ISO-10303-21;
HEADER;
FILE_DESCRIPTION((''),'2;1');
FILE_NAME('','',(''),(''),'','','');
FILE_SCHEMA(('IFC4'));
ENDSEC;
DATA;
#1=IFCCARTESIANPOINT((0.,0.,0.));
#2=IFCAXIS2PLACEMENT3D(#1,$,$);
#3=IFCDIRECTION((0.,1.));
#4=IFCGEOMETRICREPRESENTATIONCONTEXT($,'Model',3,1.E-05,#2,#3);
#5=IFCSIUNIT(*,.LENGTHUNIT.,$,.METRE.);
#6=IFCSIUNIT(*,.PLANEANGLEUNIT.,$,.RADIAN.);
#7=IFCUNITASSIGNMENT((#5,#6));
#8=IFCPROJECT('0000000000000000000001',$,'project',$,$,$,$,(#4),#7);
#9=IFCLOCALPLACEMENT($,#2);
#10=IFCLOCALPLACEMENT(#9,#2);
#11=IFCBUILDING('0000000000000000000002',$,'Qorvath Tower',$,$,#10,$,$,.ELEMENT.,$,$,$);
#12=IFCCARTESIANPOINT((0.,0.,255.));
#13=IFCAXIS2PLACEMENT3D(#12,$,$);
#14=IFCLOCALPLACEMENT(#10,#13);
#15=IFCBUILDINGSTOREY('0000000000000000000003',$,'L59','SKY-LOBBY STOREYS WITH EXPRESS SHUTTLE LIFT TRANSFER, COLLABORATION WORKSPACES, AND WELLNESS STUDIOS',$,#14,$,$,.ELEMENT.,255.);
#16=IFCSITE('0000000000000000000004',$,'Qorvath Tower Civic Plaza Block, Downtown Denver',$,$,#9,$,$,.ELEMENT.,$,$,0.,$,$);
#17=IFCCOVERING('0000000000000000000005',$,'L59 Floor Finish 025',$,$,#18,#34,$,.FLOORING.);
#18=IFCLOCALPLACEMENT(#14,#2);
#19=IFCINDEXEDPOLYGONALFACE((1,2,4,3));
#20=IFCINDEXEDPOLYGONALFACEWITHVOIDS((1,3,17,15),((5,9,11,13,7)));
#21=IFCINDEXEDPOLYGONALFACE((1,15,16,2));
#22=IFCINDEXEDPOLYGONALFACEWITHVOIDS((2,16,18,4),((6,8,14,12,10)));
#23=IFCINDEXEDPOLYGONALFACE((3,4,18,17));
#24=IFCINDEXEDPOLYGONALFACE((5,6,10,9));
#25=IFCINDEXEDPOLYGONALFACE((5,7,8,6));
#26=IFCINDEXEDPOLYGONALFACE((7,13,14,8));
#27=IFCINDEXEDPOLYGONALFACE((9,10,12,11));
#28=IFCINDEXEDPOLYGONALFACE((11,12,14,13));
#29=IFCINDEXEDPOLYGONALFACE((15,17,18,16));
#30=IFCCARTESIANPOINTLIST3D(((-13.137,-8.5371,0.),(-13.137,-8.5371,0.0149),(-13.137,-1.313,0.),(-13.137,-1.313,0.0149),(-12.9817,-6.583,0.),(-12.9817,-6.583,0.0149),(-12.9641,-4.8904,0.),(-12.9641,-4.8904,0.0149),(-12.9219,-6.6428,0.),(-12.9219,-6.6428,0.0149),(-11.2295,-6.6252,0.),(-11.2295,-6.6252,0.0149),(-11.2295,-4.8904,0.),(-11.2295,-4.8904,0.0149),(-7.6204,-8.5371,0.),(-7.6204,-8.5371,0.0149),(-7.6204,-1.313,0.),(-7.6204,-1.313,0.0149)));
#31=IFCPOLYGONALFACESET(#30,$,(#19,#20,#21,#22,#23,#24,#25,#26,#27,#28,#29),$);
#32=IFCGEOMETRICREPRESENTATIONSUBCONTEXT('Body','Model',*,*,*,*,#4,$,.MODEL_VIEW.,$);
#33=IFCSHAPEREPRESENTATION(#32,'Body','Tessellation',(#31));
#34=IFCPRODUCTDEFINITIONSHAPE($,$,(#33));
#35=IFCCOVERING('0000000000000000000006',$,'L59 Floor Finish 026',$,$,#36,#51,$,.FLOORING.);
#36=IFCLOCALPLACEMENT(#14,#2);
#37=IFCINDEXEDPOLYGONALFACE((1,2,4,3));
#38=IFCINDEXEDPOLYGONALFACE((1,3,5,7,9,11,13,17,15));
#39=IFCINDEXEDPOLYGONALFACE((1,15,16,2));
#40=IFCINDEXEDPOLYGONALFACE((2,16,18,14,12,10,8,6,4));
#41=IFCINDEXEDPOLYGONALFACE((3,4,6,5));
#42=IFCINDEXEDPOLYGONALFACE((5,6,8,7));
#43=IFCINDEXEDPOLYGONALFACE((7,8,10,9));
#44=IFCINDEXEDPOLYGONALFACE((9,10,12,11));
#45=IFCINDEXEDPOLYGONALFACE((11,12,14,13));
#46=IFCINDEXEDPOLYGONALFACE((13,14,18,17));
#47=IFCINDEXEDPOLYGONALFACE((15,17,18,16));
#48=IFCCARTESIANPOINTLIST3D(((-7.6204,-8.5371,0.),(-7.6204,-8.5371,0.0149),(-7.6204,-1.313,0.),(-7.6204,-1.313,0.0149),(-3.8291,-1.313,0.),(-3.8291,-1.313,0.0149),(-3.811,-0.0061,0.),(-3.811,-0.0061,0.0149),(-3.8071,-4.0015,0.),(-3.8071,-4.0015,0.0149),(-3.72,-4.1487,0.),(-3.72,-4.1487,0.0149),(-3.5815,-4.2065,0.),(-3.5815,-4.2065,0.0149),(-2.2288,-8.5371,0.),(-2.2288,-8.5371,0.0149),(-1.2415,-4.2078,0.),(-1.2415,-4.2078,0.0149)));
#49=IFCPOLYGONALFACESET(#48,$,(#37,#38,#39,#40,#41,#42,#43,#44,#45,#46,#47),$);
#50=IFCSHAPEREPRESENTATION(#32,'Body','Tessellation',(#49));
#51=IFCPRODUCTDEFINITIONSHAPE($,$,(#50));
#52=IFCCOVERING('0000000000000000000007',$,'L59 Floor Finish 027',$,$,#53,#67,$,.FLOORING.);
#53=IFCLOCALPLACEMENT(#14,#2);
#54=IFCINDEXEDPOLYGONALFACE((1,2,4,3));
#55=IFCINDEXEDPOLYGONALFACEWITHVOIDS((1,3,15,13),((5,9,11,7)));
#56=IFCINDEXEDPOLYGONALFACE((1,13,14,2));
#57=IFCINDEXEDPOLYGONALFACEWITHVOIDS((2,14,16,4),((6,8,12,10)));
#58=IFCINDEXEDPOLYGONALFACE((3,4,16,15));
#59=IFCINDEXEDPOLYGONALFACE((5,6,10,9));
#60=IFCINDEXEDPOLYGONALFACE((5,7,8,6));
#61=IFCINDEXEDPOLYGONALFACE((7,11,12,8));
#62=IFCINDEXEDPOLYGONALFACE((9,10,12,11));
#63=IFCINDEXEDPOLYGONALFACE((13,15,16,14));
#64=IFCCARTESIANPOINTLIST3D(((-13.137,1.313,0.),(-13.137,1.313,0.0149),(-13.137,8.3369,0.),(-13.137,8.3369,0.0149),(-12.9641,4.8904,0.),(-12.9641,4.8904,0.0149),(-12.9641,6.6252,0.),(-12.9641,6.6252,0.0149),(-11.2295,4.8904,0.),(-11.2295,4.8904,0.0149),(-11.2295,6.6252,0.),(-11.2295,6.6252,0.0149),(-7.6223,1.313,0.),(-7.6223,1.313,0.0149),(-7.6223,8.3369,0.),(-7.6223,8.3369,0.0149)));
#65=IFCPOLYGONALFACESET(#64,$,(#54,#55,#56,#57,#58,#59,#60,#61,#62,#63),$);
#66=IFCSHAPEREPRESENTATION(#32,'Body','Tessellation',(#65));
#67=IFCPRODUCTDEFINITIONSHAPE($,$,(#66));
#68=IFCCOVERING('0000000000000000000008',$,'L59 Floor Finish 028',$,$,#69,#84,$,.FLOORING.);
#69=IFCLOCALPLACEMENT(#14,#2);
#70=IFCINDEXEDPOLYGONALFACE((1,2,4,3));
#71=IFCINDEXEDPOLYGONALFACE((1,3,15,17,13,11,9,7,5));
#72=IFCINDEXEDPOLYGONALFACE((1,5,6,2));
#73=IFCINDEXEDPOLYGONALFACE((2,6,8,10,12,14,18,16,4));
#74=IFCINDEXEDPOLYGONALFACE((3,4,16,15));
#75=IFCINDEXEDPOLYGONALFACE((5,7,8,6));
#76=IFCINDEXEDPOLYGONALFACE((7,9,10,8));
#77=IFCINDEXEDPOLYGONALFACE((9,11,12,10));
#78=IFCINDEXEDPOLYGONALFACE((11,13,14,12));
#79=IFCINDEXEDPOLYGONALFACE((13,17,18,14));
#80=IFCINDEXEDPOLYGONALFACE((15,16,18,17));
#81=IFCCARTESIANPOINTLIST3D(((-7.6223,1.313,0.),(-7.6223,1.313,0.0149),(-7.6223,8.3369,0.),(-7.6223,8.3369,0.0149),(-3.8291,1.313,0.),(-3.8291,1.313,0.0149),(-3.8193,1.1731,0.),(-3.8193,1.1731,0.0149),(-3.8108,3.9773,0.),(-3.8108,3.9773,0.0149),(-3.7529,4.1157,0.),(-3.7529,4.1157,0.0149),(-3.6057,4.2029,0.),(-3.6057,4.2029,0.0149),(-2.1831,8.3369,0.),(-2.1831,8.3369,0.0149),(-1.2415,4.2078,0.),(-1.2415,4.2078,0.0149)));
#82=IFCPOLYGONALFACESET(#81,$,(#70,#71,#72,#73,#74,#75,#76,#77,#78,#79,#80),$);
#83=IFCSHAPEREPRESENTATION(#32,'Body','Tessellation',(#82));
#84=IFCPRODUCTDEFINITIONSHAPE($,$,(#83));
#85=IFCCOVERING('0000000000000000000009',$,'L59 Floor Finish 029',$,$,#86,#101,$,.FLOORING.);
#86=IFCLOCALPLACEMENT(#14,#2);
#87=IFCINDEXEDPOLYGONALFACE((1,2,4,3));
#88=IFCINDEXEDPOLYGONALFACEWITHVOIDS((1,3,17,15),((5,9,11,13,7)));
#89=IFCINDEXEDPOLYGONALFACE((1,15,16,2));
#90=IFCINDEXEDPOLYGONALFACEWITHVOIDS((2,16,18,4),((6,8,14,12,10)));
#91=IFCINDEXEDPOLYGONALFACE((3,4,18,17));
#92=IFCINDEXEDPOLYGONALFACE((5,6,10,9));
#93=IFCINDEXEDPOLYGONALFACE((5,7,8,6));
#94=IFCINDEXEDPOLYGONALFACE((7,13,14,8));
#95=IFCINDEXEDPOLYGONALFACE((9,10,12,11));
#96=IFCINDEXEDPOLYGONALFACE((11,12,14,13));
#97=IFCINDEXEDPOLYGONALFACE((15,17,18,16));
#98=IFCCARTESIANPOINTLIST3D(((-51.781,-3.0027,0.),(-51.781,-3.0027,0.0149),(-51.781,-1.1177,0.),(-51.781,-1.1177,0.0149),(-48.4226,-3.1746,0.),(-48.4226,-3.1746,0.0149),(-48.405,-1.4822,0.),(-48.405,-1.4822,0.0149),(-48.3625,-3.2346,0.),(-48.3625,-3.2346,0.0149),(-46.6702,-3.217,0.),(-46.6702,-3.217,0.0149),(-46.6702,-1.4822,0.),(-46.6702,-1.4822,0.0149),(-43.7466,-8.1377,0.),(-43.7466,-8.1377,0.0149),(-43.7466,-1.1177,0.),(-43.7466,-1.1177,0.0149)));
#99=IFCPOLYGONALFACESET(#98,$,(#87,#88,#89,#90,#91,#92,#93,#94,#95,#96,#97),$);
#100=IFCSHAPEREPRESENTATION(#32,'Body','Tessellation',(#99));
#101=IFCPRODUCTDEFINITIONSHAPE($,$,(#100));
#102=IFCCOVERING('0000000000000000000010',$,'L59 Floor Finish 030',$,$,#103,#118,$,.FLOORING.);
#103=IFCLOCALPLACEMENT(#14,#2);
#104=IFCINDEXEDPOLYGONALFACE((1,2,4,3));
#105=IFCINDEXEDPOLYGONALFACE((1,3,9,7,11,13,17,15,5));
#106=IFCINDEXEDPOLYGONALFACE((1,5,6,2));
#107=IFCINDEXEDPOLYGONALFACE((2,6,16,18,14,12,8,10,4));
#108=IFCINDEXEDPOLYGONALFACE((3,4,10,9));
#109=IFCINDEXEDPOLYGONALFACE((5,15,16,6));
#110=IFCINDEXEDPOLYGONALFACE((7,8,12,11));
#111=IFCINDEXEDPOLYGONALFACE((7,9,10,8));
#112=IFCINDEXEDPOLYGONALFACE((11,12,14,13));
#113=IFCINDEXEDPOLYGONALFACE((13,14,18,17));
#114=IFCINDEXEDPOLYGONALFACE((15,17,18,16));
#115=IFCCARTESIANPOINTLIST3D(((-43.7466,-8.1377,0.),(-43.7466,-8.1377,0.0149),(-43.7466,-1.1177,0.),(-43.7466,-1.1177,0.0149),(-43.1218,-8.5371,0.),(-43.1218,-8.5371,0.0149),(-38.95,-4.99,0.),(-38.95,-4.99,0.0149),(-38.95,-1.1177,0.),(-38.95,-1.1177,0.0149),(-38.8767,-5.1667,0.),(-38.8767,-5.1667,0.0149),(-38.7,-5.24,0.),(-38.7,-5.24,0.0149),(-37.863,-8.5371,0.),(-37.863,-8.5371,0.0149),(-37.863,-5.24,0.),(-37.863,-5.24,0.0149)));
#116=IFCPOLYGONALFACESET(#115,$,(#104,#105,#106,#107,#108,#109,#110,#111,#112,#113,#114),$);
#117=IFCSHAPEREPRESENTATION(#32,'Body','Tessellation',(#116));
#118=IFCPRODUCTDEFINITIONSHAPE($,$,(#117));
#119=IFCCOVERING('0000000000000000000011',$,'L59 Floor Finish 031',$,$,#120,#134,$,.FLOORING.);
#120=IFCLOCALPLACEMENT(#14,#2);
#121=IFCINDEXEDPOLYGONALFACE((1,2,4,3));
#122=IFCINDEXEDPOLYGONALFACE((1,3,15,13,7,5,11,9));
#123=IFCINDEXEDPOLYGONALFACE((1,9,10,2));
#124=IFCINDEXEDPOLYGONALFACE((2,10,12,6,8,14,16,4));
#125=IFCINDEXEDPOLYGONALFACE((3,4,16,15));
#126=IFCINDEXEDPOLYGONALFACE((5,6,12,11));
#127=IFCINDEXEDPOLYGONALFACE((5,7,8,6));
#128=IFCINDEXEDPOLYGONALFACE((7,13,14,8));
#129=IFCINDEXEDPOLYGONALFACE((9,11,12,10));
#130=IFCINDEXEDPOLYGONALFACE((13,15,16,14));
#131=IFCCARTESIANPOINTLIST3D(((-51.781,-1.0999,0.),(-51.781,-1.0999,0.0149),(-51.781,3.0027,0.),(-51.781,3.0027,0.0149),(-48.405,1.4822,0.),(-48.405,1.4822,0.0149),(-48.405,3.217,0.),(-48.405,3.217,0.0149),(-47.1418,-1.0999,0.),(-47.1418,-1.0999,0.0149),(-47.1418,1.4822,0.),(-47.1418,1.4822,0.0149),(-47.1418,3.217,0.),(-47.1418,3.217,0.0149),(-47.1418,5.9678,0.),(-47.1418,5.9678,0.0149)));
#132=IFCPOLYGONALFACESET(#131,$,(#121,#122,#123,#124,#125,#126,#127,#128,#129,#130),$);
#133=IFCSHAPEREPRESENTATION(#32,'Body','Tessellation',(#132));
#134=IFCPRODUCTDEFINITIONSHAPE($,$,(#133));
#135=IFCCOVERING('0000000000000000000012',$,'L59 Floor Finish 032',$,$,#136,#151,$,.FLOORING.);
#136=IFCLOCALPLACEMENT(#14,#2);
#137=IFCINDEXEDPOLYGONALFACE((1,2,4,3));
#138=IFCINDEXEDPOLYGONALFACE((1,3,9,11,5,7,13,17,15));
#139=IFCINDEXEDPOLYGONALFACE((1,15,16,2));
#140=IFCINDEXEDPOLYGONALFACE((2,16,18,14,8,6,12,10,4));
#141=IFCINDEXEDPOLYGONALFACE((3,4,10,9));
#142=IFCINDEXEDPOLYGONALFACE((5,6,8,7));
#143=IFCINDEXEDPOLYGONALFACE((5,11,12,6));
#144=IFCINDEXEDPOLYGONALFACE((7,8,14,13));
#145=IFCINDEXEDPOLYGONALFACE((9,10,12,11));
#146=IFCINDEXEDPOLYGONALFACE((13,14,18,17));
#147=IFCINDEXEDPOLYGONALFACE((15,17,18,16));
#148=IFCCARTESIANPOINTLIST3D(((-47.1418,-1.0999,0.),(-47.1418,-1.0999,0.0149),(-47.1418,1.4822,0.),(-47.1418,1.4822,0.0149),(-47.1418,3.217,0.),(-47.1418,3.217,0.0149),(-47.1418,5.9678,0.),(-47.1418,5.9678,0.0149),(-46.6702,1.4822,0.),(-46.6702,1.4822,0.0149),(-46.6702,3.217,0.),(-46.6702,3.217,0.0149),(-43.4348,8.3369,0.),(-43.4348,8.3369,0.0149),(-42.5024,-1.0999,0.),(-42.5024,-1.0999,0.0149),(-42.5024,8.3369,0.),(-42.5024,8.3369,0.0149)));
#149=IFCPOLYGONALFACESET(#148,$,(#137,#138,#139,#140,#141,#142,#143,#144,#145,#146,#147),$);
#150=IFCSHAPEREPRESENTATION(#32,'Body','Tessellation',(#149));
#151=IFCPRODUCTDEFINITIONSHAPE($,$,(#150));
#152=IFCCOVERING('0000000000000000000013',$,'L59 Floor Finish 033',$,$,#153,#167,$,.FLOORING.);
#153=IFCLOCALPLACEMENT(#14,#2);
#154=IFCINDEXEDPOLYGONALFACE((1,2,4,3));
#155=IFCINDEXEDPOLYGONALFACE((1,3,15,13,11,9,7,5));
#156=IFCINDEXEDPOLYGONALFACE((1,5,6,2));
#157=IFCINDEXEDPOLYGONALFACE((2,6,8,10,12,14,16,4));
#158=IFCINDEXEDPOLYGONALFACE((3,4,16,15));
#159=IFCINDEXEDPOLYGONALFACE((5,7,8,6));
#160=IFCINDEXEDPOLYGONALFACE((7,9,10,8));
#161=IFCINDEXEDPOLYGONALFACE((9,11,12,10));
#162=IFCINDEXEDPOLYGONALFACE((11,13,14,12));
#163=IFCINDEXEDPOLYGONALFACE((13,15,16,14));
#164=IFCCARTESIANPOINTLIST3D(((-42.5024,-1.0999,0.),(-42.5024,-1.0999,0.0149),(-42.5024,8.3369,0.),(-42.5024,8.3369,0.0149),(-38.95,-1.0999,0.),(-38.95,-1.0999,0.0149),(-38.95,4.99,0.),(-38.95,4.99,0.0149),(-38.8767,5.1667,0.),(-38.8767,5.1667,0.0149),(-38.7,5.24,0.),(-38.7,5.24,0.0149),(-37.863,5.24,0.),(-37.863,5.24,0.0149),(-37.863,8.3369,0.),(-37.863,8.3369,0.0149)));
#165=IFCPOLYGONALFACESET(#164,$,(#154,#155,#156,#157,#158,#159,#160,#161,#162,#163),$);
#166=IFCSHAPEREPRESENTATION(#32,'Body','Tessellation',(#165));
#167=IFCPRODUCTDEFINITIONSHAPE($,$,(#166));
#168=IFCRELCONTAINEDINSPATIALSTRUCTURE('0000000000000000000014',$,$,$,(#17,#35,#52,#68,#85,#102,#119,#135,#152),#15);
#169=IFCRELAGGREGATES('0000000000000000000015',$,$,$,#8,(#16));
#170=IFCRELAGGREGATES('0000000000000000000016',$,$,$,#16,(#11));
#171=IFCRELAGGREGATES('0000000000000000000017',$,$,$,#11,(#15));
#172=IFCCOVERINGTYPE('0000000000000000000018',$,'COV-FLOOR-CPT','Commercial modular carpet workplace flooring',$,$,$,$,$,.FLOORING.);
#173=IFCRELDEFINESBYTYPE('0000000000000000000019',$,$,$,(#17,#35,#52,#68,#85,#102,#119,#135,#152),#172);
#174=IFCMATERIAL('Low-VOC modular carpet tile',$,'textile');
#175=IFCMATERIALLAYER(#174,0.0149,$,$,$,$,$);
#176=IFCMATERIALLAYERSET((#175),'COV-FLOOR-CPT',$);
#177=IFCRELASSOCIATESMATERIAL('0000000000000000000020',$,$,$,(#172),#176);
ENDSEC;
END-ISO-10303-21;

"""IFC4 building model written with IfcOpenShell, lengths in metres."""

from ifc_helpers import new_model, si_unit, direction, frame, origin, place, context, subcontext, project, spatial, polyline, outline, extrude, material, layer, layer_set, type_object, element, save


model = new_model("IFC4")

# Units and contexts
model_context = context("Model", 3, precision=1e-05, world=origin(), true_north=direction((0.0, 1.0)))
body_context = subcontext(model_context, "Body", "Model", "MODEL_VIEW")
ifc_project = project(units=[si_unit("LENGTHUNIT", "METRE"), si_unit("PLANEANGLEUNIT", "RADIAN")], contexts=[model_context])

# Site, building, storey
site_placement = place(None, origin())
site = spatial("IfcSite", under=ifc_project, at=site_placement, Name="Qorvath Tower Civic Plaza Block, Downtown Denver", CompositionType="ELEMENT", RefElevation=0.0)
building_placement = place(site_placement, origin())
building = spatial("IfcBuilding", under=site, at=building_placement, Name="Qorvath Tower", CompositionType="ELEMENT")
storey_placement = place(building_placement, frame((0.0, 0.0, 255.0)))
storey = spatial("IfcBuildingStorey", under=building, at=storey_placement, Name="L59", Description="SKY-LOBBY STOREYS WITH EXPRESS SHUTTLE LIFT TRANSFER, COLLABORATION WORKSPACES, AND WELLNESS STUDIOS", CompositionType="ELEMENT", Elevation=255.0)

# Coverings
ifc_material_1 = material(Name="Low-VOC modular carpet tile", Category="textile")
ifc_layer_1 = layer(ifc_material_1, 0.0149)
ifc_layer_set_1 = layer_set([ifc_layer_1], Name="COV-FLOOR-CPT")
covering_type_1 = type_object("IfcCoveringType", Name="COV-FLOOR-CPT", Description="Commercial modular carpet workplace flooring", PredefinedType="FLOORING", material=ifc_layer_set_1)
covering_1_placement = place(storey_placement, origin())
element("IfcCovering", 1, at=covering_1_placement, inside=storey, type_object=covering_type_1, Name="L59 Floor Finish 025", PredefinedType="FLOORING", context=body_context, shape_type="SweptSolid", body=[
    extrude(outline(polyline([(-7.6204, -8.5371), (-7.6204, -1.313), (-13.137, -1.313), (-13.137, -8.5371), (-7.6204, -8.5371)]), holes=[polyline([(-12.9817, -6.583), (-12.9641, -4.8904), (-11.2295, -4.8904), (-11.2295, -6.6252), (-12.9219, -6.6428), (-12.9817, -6.583)])]), origin(), (0.0, 0.0, 1.0), 0.0149),
])
covering_2_placement = place(storey_placement, origin())
element("IfcCovering", 2, at=covering_2_placement, inside=storey, type_object=covering_type_1, Name="L59 Floor Finish 026", PredefinedType="FLOORING", context=body_context, shape_type="SweptSolid", body=[
    extrude(outline(polyline([(-3.72, -4.1487), (-3.8071, -4.0015), (-3.811, -0.0061), (-3.8291, -1.313), (-7.6204, -1.313), (-7.6204, -8.5371), (-2.2288, -8.5371), (-1.2415, -4.2078), (-3.5815, -4.2065), (-3.72, -4.1487)])), origin(), (0.0, 0.0, 1.0), 0.0149),
])
covering_3_placement = place(storey_placement, origin())
element("IfcCovering", 3, at=covering_3_placement, inside=storey, type_object=covering_type_1, Name="L59 Floor Finish 027", PredefinedType="FLOORING", context=body_context, shape_type="SweptSolid", body=[
    extrude(outline(polyline([(-7.6223, 1.313), (-7.6223, 8.3369), (-13.137, 8.3369), (-13.137, 1.313), (-7.6223, 1.313)]), holes=[polyline([(-12.9641, 4.8904), (-12.9641, 6.6252), (-11.2295, 6.6252), (-11.2295, 4.8904), (-12.9641, 4.8904)])]), origin(), (0.0, 0.0, 1.0), 0.0149),
])
covering_4_placement = place(storey_placement, origin())
element("IfcCovering", 4, at=covering_4_placement, inside=storey, type_object=covering_type_1, Name="L59 Floor Finish 028", PredefinedType="FLOORING", context=body_context, shape_type="SweptSolid", body=[
    extrude(outline(polyline([(-3.7529, 4.1157), (-3.6057, 4.2029), (-1.2415, 4.2078), (-2.1831, 8.3369), (-7.6223, 8.3369), (-7.6223, 1.313), (-3.8291, 1.313), (-3.8193, 1.1731), (-3.8108, 3.9773), (-3.7529, 4.1157)])), origin(), (0.0, 0.0, 1.0), 0.0149),
])
covering_5_placement = place(storey_placement, origin())
element("IfcCovering", 5, at=covering_5_placement, inside=storey, type_object=covering_type_1, Name="L59 Floor Finish 029", PredefinedType="FLOORING", context=body_context, shape_type="SweptSolid", body=[
    extrude(outline(polyline([(-43.7466, -8.1377), (-43.7466, -1.1177), (-51.781, -1.1177), (-51.781, -3.0027), (-43.7466, -8.1377)]), holes=[polyline([(-48.4226, -3.1746), (-48.405, -1.4822), (-46.6702, -1.4822), (-46.6702, -3.217), (-48.3625, -3.2346), (-48.4226, -3.1746)])]), origin(), (0.0, 0.0, 1.0), 0.0149),
])
covering_6_placement = place(storey_placement, origin())
element("IfcCovering", 6, at=covering_6_placement, inside=storey, type_object=covering_type_1, Name="L59 Floor Finish 030", PredefinedType="FLOORING", context=body_context, shape_type="SweptSolid", body=[
    extrude(outline(polyline([(-37.863, -8.5371), (-37.863, -5.24), (-38.7, -5.24), (-38.8767, -5.1667), (-38.95, -4.99), (-38.95, -1.1177), (-43.7466, -1.1177), (-43.7466, -8.1377), (-43.1218, -8.5371), (-37.863, -8.5371)])), origin(), (0.0, 0.0, 1.0), 0.0149),
])
covering_7_placement = place(storey_placement, origin())
element("IfcCovering", 7, at=covering_7_placement, inside=storey, type_object=covering_type_1, Name="L59 Floor Finish 031", PredefinedType="FLOORING", context=body_context, shape_type="SweptSolid", body=[
    extrude(outline(polyline([(-47.1418, -1.0999), (-47.1418, 1.4822), (-48.405, 1.4822), (-48.405, 3.217), (-47.1418, 3.217), (-47.1418, 5.9678), (-51.781, 3.0027), (-51.781, -1.0999), (-47.1418, -1.0999)])), origin(), (0.0, 0.0, 1.0), 0.0149),
])
covering_8_placement = place(storey_placement, origin())
element("IfcCovering", 8, at=covering_8_placement, inside=storey, type_object=covering_type_1, Name="L59 Floor Finish 032", PredefinedType="FLOORING", context=body_context, shape_type="SweptSolid", body=[
    extrude(outline(polyline([(-42.5024, -1.0999), (-42.5024, 8.3369), (-43.4348, 8.3369), (-47.1418, 5.9678), (-47.1418, 3.217), (-46.6702, 3.217), (-46.6702, 1.4822), (-47.1418, 1.4822), (-47.1418, -1.0999), (-42.5024, -1.0999)])), origin(), (0.0, 0.0, 1.0), 0.0149),
])
covering_9_placement = place(storey_placement, origin())
element("IfcCovering", 9, at=covering_9_placement, inside=storey, type_object=covering_type_1, Name="L59 Floor Finish 033", PredefinedType="FLOORING", context=body_context, shape_type="SweptSolid", body=[
    extrude(outline(polyline([(-37.863, 5.24), (-37.863, 8.3369), (-42.5024, 8.3369), (-42.5024, -1.0999), (-38.95, -1.0999), (-38.95, 4.99), (-38.8767, 5.1667), (-38.7, 5.24), (-37.863, 5.24)])), origin(), (0.0, 0.0, 1.0), 0.0149),
])

save(model, "model.ifc")
